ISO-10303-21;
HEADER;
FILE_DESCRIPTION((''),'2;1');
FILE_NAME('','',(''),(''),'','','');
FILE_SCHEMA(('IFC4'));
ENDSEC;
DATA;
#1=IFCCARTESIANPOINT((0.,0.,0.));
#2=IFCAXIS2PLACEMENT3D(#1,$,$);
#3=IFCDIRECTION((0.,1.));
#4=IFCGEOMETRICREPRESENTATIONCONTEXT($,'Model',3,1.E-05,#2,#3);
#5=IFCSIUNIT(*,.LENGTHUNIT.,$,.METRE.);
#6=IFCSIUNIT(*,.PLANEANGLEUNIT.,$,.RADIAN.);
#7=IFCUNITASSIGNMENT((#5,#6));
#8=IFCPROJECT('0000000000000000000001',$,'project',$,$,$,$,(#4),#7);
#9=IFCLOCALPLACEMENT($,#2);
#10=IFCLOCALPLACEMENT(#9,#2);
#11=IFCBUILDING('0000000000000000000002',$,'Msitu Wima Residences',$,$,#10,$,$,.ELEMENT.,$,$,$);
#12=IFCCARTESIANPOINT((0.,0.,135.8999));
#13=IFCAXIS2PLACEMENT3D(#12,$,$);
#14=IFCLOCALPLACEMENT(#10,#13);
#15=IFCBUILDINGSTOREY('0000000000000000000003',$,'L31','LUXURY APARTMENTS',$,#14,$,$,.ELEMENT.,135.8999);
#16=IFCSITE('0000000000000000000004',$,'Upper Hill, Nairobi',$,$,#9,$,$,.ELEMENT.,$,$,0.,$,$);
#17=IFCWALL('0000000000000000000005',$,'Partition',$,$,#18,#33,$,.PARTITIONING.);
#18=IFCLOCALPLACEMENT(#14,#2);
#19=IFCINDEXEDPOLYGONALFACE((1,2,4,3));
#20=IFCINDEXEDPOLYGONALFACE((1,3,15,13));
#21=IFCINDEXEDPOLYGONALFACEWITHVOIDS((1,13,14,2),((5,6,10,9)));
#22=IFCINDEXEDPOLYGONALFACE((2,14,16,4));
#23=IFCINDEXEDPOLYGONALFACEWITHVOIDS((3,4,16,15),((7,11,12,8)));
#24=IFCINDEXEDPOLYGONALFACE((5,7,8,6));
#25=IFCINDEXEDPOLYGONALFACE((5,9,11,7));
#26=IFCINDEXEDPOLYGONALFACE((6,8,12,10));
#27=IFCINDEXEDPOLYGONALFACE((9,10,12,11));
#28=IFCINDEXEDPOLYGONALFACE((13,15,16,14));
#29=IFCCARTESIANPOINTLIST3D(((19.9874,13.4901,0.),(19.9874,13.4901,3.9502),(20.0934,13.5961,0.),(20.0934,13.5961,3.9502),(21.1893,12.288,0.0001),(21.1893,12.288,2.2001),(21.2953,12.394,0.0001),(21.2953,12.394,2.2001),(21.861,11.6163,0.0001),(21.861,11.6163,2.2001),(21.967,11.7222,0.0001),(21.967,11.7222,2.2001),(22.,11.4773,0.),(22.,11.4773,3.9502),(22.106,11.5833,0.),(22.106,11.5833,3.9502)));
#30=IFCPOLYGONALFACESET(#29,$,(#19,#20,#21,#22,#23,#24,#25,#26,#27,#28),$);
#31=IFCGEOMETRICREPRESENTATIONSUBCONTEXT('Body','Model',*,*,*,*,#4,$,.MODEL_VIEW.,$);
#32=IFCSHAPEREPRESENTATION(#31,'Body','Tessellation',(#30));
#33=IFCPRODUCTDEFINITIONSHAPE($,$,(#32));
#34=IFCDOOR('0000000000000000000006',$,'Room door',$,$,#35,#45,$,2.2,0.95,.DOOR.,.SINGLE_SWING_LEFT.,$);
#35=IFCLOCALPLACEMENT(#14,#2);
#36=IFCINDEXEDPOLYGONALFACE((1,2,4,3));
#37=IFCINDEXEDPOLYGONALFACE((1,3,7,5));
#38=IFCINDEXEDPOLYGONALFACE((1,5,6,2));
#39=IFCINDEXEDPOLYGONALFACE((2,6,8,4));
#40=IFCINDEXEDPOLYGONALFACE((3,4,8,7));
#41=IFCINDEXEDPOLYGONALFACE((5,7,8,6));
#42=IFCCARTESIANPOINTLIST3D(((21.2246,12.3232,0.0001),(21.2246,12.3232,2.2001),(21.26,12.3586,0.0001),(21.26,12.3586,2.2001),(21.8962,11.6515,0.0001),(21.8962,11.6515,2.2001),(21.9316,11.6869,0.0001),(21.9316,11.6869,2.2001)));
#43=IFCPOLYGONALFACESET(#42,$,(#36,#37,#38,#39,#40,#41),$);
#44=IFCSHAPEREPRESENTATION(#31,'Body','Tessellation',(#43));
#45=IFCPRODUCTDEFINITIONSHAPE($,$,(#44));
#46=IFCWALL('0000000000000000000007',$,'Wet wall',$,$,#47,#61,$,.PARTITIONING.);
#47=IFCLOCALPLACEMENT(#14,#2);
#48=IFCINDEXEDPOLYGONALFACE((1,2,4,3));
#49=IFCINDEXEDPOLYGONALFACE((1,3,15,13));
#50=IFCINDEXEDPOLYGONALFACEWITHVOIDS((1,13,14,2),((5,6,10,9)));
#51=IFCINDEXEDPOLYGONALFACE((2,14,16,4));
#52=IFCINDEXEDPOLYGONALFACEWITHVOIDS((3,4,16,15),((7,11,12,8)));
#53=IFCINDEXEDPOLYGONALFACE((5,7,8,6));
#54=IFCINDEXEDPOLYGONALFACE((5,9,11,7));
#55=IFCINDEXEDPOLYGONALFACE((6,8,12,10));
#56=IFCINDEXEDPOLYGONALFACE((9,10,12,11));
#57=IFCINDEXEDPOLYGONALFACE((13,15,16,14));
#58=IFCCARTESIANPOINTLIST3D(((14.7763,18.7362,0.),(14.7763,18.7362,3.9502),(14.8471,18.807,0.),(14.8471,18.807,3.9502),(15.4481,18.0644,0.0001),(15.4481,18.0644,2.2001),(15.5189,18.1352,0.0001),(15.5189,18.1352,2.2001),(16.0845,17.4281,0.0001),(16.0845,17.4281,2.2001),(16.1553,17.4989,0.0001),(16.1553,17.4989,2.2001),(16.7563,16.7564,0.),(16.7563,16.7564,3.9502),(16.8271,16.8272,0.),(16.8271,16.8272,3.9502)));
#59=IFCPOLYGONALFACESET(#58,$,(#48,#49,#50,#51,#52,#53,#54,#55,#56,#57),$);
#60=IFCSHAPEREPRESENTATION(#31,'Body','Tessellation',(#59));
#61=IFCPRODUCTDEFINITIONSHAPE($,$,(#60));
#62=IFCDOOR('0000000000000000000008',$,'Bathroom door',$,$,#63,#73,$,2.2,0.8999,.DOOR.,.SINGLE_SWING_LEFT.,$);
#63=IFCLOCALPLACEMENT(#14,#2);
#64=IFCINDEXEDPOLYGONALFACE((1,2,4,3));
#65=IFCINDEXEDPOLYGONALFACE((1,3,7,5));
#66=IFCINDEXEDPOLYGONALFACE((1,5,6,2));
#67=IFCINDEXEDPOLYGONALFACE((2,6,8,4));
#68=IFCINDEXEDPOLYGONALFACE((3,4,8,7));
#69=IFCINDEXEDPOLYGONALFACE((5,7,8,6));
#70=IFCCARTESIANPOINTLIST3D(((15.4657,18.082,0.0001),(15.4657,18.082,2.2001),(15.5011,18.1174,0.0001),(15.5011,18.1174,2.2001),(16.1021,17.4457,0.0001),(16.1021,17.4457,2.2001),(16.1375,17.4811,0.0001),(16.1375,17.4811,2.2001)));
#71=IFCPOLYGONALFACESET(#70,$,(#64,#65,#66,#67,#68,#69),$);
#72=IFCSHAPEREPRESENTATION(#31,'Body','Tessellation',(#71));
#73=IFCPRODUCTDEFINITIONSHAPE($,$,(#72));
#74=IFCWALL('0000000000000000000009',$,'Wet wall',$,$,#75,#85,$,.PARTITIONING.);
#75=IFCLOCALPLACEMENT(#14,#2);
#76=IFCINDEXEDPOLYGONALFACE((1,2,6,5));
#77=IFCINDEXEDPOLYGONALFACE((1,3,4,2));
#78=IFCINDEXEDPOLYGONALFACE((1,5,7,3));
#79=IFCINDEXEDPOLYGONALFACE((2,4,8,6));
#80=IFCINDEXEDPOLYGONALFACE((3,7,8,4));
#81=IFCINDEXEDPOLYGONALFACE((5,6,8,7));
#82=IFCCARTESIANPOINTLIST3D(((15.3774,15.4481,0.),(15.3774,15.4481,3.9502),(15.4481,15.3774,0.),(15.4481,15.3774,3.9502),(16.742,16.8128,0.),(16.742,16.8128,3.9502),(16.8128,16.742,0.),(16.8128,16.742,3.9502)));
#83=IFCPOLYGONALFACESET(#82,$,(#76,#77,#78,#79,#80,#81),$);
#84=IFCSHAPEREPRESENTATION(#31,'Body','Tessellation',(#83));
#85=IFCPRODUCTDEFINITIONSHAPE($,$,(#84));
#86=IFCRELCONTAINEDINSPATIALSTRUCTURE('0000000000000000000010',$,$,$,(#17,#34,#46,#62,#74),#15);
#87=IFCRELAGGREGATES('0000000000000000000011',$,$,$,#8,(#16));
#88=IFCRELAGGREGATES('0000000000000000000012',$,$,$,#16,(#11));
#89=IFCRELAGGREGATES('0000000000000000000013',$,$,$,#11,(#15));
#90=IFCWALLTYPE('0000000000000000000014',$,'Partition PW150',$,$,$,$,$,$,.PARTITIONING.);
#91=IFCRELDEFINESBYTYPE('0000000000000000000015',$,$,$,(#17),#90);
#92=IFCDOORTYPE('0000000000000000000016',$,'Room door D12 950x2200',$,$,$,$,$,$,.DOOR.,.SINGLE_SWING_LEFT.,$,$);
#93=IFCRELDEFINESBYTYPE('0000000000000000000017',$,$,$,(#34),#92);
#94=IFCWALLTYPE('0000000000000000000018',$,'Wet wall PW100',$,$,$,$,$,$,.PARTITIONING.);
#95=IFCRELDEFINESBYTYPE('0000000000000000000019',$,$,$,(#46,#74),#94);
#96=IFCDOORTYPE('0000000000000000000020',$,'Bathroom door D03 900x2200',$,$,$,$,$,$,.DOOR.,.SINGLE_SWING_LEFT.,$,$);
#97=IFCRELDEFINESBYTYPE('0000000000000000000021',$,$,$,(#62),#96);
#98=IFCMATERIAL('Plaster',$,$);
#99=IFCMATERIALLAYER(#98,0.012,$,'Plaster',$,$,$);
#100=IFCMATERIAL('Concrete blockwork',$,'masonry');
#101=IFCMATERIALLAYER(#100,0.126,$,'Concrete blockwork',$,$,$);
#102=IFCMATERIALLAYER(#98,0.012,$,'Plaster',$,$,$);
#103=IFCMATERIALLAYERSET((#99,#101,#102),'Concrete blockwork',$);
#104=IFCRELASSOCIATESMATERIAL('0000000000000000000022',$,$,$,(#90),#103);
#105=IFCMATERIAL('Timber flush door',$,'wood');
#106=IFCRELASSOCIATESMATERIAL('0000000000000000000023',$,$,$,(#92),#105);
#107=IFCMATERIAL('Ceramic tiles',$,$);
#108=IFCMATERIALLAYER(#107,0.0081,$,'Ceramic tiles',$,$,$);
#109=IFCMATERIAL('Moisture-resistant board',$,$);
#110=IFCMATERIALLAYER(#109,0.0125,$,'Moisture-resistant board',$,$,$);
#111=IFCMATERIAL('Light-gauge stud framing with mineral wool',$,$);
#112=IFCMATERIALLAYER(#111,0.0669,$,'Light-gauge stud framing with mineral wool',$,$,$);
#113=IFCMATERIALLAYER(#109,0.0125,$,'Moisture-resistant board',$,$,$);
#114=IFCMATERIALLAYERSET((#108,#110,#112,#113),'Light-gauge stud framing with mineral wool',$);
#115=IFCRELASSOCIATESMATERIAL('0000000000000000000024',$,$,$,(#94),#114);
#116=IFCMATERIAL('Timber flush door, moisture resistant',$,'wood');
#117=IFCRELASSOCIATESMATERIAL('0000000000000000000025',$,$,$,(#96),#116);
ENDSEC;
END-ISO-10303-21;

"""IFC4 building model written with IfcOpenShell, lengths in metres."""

from ifc_helpers import new_model, si_unit, direction, frame, frame_2d, origin, place, context, subcontext, project, spatial, rectangle, extrude, material, layer, layer_set, type_object, element, fill, save


model = new_model("IFC4")

# Units and contexts
model_context = context("Model", 3, precision=1e-05, world=origin(), true_north=direction((0.0, 1.0)))
body_context = subcontext(model_context, "Body", "Model", "MODEL_VIEW")
ifc_project = project(units=[si_unit("LENGTHUNIT", "METRE"), si_unit("PLANEANGLEUNIT", "RADIAN")], contexts=[model_context])

# Site, building, storey
site_placement = place(None, origin())
site = spatial("IfcSite", under=ifc_project, at=site_placement, Name="Upper Hill, Nairobi", CompositionType="ELEMENT", RefElevation=0.0)
building_placement = place(site_placement, origin())
building = spatial("IfcBuilding", under=site, at=building_placement, Name="Msitu Wima Residences", CompositionType="ELEMENT")
storey_placement = place(building_placement, frame((0.0, 0.0, 135.8999)))
storey = spatial("IfcBuildingStorey", under=building, at=storey_placement, Name="L31", Description="LUXURY APARTMENTS", CompositionType="ELEMENT", Elevation=135.8999)

# Shared definitions
ifc_material_1 = material(Name="Plaster")
ifc_layer_1 = layer(ifc_material_1, 0.012, Name="Plaster")
ifc_material_2 = material(Name="Concrete blockwork", Category="masonry")
ifc_layer_2 = layer(ifc_material_2, 0.126, Name="Concrete blockwork")
ifc_layer_3 = layer(ifc_material_1, 0.012, Name="Plaster")
ifc_layer_set_1 = layer_set([ifc_layer_1, ifc_layer_2, ifc_layer_3], Name="Concrete blockwork")
wall_type_1 = type_object("IfcWallType", Name="Partition PW150", PredefinedType="PARTITIONING", material=ifc_layer_set_1)

# Walls, openings, doors
ifc_material_3 = material(Name="Timber flush door", Category="wood")
door_type_1 = type_object("IfcDoorType", Name="Room door D12 950x2200", OperationType="SINGLE_SWING_LEFT", PredefinedType="DOOR", material=ifc_material_3)
wall_1_placement = place(storey_placement, frame((20.0403, 13.5432, 0.0), z_axis=(0.0, 0.0, 1.0), x_axis=(0.707064, -0.70715, 0.0)))
wall_1 = element("IfcWall", 1, at=wall_1_placement, inside=storey, type_object=wall_type_1, Name="Partition", PredefinedType="PARTITIONING", context=body_context, shape_type="SweptSolid", body=[
    extrude(rectangle(XDim=2.8464, YDim=0.1499, at=frame_2d((1.4233, 0.0))), origin(), (0.0, 0.0, 1.0), 3.9502),
])
opening_1_placement = place(wall_1_placement, frame((1.7, 0.0, 0.0)))
opening_1 = element("IfcOpeningElement", 2, at=opening_1_placement, cuts=wall_1, PredefinedType="OPENING", context=body_context, shape_type="SweptSolid", body=[
    extrude(rectangle(XDim=0.95, YDim=2.2, at=frame_2d((0.4751, 1.1001))), frame((0.0, 0.085, 0.0), z_axis=(0.0, -1.0, 0.0), x_axis=(1.0, 0.0, 0.0)), (0.0, 0.0, 1.0), 0.1699),
])
door_1_placement = place(opening_1_placement, origin())
door_1 = element("IfcDoor", 3, at=door_1_placement, inside=storey, type_object=door_type_1, Name="Room door", OperationType="SINGLE_SWING_LEFT", OverallHeight=2.2, OverallWidth=0.95, PredefinedType="DOOR", context=body_context, shape_type="SweptSolid", body=[
    extrude(rectangle(XDim=0.95, YDim=2.2, at=frame_2d((0.4751, 1.1001))), frame((0.0, 0.0249, 0.0), z_axis=(0.0, -1.0, 0.0), x_axis=(1.0, 0.0, 0.0)), (0.0, 0.0, 1.0), 0.05),
])
fill(opening_1, door_1)
ifc_material_4 = material(Name="Ceramic tiles")
ifc_layer_4 = layer(ifc_material_4, 0.0081, Name="Ceramic tiles")
ifc_material_5 = material(Name="Moisture-resistant board")
ifc_layer_5 = layer(ifc_material_5, 0.0125, Name="Moisture-resistant board")
ifc_material_6 = material(Name="Light-gauge stud framing with mineral wool")
ifc_layer_6 = layer(ifc_material_6, 0.0669, Name="Light-gauge stud framing with mineral wool")
ifc_layer_7 = layer(ifc_material_5, 0.0125, Name="Moisture-resistant board")
ifc_layer_set_2 = layer_set([ifc_layer_4, ifc_layer_5, ifc_layer_6, ifc_layer_7], Name="Light-gauge stud framing with mineral wool")
wall_type_2 = type_object("IfcWallType", Name="Wet wall PW100", PredefinedType="PARTITIONING", material=ifc_layer_set_2)
wall_2_placement = place(storey_placement, frame((14.8118, 18.7715, 0.0), z_axis=(0.0, 0.0, 1.0), x_axis=(0.70715, -0.707063, 0.0)))
wall_2 = element("IfcWall", 4, at=wall_2_placement, inside=storey, type_object=wall_type_2, Name="Wet wall", PredefinedType="PARTITIONING", context=body_context, shape_type="SweptSolid", body=[
    extrude(rectangle(XDim=2.8, YDim=0.1001, at=frame_2d((1.3999, 0.0))), origin(), (0.0, 0.0, 1.0), 3.9502),
])
opening_2_placement = place(wall_2_placement, frame((0.95, 0.0, 0.0)))
opening_2 = element("IfcOpeningElement", 5, at=opening_2_placement, cuts=wall_2, PredefinedType="OPENING", context=body_context, shape_type="SweptSolid", body=[
    extrude(rectangle(XDim=0.8999, YDim=2.2, at=frame_2d((0.45, 1.1001))), frame((0.0, 0.0601, 0.0), z_axis=(0.0, -1.0, 0.0), x_axis=(1.0, 0.0, 0.0)), (0.0, 0.0, 1.0), 0.1201),
])
ifc_material_7 = material(Name="Timber flush door, moisture resistant", Category="wood")
door_type_2 = type_object("IfcDoorType", Name="Bathroom door D03 900x2200", OperationType="SINGLE_SWING_LEFT", PredefinedType="DOOR", material=ifc_material_7)
door_2_placement = place(opening_2_placement, origin())
door_2 = element("IfcDoor", 6, at=door_2_placement, inside=storey, type_object=door_type_2, Name="Bathroom door", OperationType="SINGLE_SWING_LEFT", OverallHeight=2.2, OverallWidth=0.8999, PredefinedType="DOOR", context=body_context, shape_type="SweptSolid", body=[
    extrude(rectangle(XDim=0.8999, YDim=2.2, at=frame_2d((0.45, 1.1001))), frame((0.0, 0.0249, 0.0), z_axis=(0.0, -1.0, 0.0), x_axis=(1.0, 0.0, 0.0)), (0.0, 0.0, 1.0), 0.05),
])
fill(opening_2, door_2)

# Wall
wall_3_placement = place(storey_placement, frame((15.4128, 15.4128, 0.0), z_axis=(0.0, 0.0, 1.0), x_axis=(0.707107, 0.707107, 0.0)))
element("IfcWall", 7, at=wall_3_placement, inside=storey, type_object=wall_type_2, Name="Wet wall", PredefinedType="PARTITIONING", context=body_context, shape_type="SweptSolid", body=[
    extrude(rectangle(XDim=1.9299, YDim=0.1001, at=frame_2d((0.9648, 0.0))), origin(), (0.0, 0.0, 1.0), 3.9502),
])

save(model, "model.ifc")
